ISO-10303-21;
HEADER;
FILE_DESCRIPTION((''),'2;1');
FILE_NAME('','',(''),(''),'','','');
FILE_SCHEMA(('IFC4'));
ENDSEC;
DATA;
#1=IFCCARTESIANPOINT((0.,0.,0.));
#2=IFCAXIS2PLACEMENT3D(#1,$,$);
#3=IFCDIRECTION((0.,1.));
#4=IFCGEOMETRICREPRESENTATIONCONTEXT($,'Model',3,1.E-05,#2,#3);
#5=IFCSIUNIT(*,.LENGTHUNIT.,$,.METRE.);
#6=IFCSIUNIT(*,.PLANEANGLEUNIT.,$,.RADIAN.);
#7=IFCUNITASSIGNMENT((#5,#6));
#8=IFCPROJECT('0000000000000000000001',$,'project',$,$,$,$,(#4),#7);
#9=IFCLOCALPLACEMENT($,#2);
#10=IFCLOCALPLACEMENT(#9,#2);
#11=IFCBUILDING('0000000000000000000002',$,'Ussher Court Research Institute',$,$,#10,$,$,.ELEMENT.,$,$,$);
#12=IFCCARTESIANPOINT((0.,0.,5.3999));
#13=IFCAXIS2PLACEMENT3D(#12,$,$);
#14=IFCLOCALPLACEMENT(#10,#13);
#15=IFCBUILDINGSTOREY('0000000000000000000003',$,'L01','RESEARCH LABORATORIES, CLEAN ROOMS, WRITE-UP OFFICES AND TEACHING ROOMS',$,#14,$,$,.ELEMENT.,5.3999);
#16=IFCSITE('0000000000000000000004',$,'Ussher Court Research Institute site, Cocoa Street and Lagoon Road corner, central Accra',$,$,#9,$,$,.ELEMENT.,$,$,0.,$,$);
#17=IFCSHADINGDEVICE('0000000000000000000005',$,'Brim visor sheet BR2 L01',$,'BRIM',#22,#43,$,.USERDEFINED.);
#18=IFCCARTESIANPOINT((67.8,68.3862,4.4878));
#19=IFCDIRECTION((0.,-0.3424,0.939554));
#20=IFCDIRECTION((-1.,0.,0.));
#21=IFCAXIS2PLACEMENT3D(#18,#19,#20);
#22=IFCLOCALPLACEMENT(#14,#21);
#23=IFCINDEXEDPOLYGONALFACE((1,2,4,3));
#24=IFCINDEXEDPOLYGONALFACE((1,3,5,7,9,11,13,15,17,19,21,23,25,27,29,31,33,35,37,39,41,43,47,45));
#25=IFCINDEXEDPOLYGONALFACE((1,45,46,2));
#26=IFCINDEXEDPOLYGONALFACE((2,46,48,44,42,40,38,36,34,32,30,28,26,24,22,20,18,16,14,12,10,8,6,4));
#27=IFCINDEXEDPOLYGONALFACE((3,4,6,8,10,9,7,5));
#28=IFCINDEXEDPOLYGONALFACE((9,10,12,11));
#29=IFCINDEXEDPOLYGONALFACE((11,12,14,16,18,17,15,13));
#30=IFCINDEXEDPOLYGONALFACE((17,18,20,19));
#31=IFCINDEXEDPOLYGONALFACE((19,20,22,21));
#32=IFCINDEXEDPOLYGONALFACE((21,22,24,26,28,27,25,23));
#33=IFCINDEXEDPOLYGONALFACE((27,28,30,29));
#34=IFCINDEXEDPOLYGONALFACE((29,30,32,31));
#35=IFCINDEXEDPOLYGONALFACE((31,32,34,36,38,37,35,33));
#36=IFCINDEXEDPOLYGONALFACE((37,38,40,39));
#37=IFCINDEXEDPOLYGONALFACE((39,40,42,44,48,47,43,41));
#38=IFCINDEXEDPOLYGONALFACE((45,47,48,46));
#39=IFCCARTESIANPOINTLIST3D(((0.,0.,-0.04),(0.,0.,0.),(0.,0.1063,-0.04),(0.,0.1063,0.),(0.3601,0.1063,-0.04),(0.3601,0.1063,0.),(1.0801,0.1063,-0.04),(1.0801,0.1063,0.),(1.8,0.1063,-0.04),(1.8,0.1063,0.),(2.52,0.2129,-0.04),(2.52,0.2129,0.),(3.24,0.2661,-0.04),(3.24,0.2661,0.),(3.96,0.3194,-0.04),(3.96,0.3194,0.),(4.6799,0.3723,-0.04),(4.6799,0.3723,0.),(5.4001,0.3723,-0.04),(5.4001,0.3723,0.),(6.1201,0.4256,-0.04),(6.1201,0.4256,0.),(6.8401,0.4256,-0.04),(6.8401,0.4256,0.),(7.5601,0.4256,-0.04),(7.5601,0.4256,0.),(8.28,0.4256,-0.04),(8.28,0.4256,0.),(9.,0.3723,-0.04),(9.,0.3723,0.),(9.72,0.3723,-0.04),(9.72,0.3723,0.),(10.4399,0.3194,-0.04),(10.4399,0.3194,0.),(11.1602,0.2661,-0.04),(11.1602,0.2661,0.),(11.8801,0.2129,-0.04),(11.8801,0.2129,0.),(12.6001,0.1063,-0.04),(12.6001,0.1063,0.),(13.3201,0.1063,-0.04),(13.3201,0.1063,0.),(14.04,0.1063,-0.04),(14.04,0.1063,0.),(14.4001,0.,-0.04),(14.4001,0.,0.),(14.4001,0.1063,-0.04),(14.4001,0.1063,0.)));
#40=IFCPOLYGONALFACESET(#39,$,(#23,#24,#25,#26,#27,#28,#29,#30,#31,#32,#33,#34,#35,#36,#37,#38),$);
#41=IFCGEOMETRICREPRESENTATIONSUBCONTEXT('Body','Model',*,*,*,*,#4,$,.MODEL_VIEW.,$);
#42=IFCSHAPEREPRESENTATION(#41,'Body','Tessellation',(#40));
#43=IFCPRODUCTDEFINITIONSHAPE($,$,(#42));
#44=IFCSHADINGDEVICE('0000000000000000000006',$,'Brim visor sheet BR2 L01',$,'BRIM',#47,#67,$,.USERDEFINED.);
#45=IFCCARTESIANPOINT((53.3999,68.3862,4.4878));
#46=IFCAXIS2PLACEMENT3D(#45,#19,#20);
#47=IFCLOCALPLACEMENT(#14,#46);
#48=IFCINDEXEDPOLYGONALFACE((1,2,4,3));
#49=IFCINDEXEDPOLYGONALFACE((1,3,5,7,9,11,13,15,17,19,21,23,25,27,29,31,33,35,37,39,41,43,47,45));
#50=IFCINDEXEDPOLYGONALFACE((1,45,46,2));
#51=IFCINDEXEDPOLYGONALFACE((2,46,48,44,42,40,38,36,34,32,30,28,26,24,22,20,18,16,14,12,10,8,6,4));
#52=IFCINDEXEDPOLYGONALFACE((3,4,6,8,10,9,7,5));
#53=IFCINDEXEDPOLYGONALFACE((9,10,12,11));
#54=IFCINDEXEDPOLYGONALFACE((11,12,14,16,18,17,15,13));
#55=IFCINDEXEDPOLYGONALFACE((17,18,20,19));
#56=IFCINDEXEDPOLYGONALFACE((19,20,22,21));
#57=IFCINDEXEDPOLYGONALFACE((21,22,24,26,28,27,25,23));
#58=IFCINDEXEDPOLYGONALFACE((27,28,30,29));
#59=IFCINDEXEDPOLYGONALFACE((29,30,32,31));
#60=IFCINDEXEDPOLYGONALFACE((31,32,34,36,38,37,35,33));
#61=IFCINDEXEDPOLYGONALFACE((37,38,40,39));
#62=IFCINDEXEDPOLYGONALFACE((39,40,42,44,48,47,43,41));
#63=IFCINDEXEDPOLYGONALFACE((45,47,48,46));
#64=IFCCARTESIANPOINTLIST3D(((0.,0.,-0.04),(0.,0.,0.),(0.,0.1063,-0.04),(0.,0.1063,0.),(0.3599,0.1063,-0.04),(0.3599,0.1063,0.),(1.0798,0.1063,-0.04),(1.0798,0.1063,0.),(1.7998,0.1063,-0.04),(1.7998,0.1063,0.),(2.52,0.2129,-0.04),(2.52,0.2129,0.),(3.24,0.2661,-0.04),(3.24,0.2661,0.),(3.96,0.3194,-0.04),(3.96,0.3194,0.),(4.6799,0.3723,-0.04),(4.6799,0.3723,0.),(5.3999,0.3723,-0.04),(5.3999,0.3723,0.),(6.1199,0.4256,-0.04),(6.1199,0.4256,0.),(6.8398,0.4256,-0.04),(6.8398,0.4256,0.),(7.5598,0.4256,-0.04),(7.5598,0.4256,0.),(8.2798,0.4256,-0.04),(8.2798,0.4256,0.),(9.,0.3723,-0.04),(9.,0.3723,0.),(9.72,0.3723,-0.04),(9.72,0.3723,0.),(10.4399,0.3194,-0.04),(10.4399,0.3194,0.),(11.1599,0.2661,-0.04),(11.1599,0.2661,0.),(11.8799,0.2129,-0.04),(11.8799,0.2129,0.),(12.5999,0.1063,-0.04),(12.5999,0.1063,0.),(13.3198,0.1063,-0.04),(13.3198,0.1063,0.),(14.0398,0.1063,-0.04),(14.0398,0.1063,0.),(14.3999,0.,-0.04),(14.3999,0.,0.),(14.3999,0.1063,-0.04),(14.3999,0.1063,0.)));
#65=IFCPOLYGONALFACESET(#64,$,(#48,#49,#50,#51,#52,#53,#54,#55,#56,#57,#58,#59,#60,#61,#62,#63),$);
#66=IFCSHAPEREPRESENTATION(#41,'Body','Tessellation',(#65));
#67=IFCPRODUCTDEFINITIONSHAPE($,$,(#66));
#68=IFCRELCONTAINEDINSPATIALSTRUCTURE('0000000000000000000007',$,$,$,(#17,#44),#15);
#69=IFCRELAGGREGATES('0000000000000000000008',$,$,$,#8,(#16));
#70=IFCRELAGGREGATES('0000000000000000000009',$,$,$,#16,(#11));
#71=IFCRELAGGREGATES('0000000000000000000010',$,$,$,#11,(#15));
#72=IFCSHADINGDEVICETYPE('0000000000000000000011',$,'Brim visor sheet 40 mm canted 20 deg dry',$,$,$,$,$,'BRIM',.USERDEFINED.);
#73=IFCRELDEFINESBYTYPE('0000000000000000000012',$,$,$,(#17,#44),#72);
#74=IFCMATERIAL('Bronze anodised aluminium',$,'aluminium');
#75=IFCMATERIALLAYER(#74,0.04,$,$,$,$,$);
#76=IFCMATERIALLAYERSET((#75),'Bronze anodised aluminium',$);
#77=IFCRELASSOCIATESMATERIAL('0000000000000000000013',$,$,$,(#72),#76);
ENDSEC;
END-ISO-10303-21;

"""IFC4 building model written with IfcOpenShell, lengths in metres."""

from ifc_helpers import new_model, si_unit, direction, frame, origin, place, context, subcontext, project, spatial, polyline, outline, extrude, material, layer, layer_set, type_object, element, save


model = new_model("IFC4")

# Units and contexts
model_context = context("Model", 3, precision=1e-05, world=origin(), true_north=direction((0.0, 1.0)))
body_context = subcontext(model_context, "Body", "Model", "MODEL_VIEW")
ifc_project = project(units=[si_unit("LENGTHUNIT", "METRE"), si_unit("PLANEANGLEUNIT", "RADIAN")], contexts=[model_context])

# Site, building, storey
site_placement = place(None, origin())
site = spatial("IfcSite", under=ifc_project, at=site_placement, Name="Ussher Court Research Institute site, Cocoa Street and Lagoon Road corner, central Accra", CompositionType="ELEMENT", RefElevation=0.0)
building_placement = place(site_placement, origin())
building = spatial("IfcBuilding", under=site, at=building_placement, Name="Ussher Court Research Institute", CompositionType="ELEMENT")
storey_placement = place(building_placement, frame((0.0, 0.0, 5.3999)))
storey = spatial("IfcBuildingStorey", under=building, at=storey_placement, Name="L01", Description="RESEARCH LABORATORIES, CLEAN ROOMS, WRITE-UP OFFICES AND TEACHING ROOMS", CompositionType="ELEMENT", Elevation=5.3999)

# Shading devices
ifc_material_1 = material(Name="Bronze anodised aluminium", Category="aluminium")
ifc_layer_1 = layer(ifc_material_1, 0.04)
ifc_layer_set_1 = layer_set([ifc_layer_1], Name="Bronze anodised aluminium")
shading_device_type_1 = type_object("IfcShadingDeviceType", Name="Brim visor sheet 40 mm canted 20 deg dry", ElementType="BRIM", PredefinedType="USERDEFINED", material=ifc_layer_set_1)
shading_device_1_placement = place(storey_placement, frame((67.8, 68.3862, 4.4878), z_axis=(0.0, -0.3424, 0.939554), x_axis=(-1.0, 0.0, 0.0)))
element("IfcShadingDevice", 1, at=shading_device_1_placement, inside=storey, type_object=shading_device_type_1, Name="Brim visor sheet BR2 L01", ObjectType="BRIM", PredefinedType="USERDEFINED", context=body_context, shape_type="SweptSolid", body=[
    extrude(outline(polyline([(0.0, 0.0), (14.4001, 0.0), (14.4001, 0.1063), (14.04, 0.1063), (13.3201, 0.1063), (12.6001, 0.1063), (11.8801, 0.2129), (11.1602, 0.2661), (10.4399, 0.3194), (9.72, 0.3723), (9.0, 0.3723), (8.28, 0.4256), (7.5601, 0.4256), (6.8401, 0.4256), (6.1201, 0.4256), (5.4001, 0.3723), (4.6799, 0.3723), (3.96, 0.3194), (3.24, 0.2661), (2.52, 0.2129), (1.8, 0.1063), (1.0801, 0.1063), (0.3601, 0.1063), (0.0, 0.1063), (0.0, 0.0)])), origin(), (0.0, 0.0, -1.0), 0.04),
])
shading_device_2_placement = place(storey_placement, frame((53.3999, 68.3862, 4.4878), z_axis=(0.0, -0.3424, 0.939554), x_axis=(-1.0, 0.0, 0.0)))
element("IfcShadingDevice", 2, at=shading_device_2_placement, inside=storey, type_object=shading_device_type_1, Name="Brim visor sheet BR2 L01", ObjectType="BRIM", PredefinedType="USERDEFINED", context=body_context, shape_type="SweptSolid", body=[
    extrude(outline(polyline([(0.0, 0.0), (14.3999, 0.0), (14.3999, 0.1063), (14.0398, 0.1063), (13.3198, 0.1063), (12.5999, 0.1063), (11.8799, 0.2129), (11.1599, 0.2661), (10.4399, 0.3194), (9.72, 0.3723), (9.0, 0.3723), (8.2798, 0.4256), (7.5598, 0.4256), (6.8398, 0.4256), (6.1199, 0.4256), (5.3999, 0.3723), (4.6799, 0.3723), (3.96, 0.3194), (3.24, 0.2661), (2.52, 0.2129), (1.7998, 0.1063), (1.0798, 0.1063), (0.3599, 0.1063), (0.0, 0.1063), (0.0, 0.0)])), origin(), (0.0, 0.0, -1.0), 0.04),
])

save(model, "model.ifc")
